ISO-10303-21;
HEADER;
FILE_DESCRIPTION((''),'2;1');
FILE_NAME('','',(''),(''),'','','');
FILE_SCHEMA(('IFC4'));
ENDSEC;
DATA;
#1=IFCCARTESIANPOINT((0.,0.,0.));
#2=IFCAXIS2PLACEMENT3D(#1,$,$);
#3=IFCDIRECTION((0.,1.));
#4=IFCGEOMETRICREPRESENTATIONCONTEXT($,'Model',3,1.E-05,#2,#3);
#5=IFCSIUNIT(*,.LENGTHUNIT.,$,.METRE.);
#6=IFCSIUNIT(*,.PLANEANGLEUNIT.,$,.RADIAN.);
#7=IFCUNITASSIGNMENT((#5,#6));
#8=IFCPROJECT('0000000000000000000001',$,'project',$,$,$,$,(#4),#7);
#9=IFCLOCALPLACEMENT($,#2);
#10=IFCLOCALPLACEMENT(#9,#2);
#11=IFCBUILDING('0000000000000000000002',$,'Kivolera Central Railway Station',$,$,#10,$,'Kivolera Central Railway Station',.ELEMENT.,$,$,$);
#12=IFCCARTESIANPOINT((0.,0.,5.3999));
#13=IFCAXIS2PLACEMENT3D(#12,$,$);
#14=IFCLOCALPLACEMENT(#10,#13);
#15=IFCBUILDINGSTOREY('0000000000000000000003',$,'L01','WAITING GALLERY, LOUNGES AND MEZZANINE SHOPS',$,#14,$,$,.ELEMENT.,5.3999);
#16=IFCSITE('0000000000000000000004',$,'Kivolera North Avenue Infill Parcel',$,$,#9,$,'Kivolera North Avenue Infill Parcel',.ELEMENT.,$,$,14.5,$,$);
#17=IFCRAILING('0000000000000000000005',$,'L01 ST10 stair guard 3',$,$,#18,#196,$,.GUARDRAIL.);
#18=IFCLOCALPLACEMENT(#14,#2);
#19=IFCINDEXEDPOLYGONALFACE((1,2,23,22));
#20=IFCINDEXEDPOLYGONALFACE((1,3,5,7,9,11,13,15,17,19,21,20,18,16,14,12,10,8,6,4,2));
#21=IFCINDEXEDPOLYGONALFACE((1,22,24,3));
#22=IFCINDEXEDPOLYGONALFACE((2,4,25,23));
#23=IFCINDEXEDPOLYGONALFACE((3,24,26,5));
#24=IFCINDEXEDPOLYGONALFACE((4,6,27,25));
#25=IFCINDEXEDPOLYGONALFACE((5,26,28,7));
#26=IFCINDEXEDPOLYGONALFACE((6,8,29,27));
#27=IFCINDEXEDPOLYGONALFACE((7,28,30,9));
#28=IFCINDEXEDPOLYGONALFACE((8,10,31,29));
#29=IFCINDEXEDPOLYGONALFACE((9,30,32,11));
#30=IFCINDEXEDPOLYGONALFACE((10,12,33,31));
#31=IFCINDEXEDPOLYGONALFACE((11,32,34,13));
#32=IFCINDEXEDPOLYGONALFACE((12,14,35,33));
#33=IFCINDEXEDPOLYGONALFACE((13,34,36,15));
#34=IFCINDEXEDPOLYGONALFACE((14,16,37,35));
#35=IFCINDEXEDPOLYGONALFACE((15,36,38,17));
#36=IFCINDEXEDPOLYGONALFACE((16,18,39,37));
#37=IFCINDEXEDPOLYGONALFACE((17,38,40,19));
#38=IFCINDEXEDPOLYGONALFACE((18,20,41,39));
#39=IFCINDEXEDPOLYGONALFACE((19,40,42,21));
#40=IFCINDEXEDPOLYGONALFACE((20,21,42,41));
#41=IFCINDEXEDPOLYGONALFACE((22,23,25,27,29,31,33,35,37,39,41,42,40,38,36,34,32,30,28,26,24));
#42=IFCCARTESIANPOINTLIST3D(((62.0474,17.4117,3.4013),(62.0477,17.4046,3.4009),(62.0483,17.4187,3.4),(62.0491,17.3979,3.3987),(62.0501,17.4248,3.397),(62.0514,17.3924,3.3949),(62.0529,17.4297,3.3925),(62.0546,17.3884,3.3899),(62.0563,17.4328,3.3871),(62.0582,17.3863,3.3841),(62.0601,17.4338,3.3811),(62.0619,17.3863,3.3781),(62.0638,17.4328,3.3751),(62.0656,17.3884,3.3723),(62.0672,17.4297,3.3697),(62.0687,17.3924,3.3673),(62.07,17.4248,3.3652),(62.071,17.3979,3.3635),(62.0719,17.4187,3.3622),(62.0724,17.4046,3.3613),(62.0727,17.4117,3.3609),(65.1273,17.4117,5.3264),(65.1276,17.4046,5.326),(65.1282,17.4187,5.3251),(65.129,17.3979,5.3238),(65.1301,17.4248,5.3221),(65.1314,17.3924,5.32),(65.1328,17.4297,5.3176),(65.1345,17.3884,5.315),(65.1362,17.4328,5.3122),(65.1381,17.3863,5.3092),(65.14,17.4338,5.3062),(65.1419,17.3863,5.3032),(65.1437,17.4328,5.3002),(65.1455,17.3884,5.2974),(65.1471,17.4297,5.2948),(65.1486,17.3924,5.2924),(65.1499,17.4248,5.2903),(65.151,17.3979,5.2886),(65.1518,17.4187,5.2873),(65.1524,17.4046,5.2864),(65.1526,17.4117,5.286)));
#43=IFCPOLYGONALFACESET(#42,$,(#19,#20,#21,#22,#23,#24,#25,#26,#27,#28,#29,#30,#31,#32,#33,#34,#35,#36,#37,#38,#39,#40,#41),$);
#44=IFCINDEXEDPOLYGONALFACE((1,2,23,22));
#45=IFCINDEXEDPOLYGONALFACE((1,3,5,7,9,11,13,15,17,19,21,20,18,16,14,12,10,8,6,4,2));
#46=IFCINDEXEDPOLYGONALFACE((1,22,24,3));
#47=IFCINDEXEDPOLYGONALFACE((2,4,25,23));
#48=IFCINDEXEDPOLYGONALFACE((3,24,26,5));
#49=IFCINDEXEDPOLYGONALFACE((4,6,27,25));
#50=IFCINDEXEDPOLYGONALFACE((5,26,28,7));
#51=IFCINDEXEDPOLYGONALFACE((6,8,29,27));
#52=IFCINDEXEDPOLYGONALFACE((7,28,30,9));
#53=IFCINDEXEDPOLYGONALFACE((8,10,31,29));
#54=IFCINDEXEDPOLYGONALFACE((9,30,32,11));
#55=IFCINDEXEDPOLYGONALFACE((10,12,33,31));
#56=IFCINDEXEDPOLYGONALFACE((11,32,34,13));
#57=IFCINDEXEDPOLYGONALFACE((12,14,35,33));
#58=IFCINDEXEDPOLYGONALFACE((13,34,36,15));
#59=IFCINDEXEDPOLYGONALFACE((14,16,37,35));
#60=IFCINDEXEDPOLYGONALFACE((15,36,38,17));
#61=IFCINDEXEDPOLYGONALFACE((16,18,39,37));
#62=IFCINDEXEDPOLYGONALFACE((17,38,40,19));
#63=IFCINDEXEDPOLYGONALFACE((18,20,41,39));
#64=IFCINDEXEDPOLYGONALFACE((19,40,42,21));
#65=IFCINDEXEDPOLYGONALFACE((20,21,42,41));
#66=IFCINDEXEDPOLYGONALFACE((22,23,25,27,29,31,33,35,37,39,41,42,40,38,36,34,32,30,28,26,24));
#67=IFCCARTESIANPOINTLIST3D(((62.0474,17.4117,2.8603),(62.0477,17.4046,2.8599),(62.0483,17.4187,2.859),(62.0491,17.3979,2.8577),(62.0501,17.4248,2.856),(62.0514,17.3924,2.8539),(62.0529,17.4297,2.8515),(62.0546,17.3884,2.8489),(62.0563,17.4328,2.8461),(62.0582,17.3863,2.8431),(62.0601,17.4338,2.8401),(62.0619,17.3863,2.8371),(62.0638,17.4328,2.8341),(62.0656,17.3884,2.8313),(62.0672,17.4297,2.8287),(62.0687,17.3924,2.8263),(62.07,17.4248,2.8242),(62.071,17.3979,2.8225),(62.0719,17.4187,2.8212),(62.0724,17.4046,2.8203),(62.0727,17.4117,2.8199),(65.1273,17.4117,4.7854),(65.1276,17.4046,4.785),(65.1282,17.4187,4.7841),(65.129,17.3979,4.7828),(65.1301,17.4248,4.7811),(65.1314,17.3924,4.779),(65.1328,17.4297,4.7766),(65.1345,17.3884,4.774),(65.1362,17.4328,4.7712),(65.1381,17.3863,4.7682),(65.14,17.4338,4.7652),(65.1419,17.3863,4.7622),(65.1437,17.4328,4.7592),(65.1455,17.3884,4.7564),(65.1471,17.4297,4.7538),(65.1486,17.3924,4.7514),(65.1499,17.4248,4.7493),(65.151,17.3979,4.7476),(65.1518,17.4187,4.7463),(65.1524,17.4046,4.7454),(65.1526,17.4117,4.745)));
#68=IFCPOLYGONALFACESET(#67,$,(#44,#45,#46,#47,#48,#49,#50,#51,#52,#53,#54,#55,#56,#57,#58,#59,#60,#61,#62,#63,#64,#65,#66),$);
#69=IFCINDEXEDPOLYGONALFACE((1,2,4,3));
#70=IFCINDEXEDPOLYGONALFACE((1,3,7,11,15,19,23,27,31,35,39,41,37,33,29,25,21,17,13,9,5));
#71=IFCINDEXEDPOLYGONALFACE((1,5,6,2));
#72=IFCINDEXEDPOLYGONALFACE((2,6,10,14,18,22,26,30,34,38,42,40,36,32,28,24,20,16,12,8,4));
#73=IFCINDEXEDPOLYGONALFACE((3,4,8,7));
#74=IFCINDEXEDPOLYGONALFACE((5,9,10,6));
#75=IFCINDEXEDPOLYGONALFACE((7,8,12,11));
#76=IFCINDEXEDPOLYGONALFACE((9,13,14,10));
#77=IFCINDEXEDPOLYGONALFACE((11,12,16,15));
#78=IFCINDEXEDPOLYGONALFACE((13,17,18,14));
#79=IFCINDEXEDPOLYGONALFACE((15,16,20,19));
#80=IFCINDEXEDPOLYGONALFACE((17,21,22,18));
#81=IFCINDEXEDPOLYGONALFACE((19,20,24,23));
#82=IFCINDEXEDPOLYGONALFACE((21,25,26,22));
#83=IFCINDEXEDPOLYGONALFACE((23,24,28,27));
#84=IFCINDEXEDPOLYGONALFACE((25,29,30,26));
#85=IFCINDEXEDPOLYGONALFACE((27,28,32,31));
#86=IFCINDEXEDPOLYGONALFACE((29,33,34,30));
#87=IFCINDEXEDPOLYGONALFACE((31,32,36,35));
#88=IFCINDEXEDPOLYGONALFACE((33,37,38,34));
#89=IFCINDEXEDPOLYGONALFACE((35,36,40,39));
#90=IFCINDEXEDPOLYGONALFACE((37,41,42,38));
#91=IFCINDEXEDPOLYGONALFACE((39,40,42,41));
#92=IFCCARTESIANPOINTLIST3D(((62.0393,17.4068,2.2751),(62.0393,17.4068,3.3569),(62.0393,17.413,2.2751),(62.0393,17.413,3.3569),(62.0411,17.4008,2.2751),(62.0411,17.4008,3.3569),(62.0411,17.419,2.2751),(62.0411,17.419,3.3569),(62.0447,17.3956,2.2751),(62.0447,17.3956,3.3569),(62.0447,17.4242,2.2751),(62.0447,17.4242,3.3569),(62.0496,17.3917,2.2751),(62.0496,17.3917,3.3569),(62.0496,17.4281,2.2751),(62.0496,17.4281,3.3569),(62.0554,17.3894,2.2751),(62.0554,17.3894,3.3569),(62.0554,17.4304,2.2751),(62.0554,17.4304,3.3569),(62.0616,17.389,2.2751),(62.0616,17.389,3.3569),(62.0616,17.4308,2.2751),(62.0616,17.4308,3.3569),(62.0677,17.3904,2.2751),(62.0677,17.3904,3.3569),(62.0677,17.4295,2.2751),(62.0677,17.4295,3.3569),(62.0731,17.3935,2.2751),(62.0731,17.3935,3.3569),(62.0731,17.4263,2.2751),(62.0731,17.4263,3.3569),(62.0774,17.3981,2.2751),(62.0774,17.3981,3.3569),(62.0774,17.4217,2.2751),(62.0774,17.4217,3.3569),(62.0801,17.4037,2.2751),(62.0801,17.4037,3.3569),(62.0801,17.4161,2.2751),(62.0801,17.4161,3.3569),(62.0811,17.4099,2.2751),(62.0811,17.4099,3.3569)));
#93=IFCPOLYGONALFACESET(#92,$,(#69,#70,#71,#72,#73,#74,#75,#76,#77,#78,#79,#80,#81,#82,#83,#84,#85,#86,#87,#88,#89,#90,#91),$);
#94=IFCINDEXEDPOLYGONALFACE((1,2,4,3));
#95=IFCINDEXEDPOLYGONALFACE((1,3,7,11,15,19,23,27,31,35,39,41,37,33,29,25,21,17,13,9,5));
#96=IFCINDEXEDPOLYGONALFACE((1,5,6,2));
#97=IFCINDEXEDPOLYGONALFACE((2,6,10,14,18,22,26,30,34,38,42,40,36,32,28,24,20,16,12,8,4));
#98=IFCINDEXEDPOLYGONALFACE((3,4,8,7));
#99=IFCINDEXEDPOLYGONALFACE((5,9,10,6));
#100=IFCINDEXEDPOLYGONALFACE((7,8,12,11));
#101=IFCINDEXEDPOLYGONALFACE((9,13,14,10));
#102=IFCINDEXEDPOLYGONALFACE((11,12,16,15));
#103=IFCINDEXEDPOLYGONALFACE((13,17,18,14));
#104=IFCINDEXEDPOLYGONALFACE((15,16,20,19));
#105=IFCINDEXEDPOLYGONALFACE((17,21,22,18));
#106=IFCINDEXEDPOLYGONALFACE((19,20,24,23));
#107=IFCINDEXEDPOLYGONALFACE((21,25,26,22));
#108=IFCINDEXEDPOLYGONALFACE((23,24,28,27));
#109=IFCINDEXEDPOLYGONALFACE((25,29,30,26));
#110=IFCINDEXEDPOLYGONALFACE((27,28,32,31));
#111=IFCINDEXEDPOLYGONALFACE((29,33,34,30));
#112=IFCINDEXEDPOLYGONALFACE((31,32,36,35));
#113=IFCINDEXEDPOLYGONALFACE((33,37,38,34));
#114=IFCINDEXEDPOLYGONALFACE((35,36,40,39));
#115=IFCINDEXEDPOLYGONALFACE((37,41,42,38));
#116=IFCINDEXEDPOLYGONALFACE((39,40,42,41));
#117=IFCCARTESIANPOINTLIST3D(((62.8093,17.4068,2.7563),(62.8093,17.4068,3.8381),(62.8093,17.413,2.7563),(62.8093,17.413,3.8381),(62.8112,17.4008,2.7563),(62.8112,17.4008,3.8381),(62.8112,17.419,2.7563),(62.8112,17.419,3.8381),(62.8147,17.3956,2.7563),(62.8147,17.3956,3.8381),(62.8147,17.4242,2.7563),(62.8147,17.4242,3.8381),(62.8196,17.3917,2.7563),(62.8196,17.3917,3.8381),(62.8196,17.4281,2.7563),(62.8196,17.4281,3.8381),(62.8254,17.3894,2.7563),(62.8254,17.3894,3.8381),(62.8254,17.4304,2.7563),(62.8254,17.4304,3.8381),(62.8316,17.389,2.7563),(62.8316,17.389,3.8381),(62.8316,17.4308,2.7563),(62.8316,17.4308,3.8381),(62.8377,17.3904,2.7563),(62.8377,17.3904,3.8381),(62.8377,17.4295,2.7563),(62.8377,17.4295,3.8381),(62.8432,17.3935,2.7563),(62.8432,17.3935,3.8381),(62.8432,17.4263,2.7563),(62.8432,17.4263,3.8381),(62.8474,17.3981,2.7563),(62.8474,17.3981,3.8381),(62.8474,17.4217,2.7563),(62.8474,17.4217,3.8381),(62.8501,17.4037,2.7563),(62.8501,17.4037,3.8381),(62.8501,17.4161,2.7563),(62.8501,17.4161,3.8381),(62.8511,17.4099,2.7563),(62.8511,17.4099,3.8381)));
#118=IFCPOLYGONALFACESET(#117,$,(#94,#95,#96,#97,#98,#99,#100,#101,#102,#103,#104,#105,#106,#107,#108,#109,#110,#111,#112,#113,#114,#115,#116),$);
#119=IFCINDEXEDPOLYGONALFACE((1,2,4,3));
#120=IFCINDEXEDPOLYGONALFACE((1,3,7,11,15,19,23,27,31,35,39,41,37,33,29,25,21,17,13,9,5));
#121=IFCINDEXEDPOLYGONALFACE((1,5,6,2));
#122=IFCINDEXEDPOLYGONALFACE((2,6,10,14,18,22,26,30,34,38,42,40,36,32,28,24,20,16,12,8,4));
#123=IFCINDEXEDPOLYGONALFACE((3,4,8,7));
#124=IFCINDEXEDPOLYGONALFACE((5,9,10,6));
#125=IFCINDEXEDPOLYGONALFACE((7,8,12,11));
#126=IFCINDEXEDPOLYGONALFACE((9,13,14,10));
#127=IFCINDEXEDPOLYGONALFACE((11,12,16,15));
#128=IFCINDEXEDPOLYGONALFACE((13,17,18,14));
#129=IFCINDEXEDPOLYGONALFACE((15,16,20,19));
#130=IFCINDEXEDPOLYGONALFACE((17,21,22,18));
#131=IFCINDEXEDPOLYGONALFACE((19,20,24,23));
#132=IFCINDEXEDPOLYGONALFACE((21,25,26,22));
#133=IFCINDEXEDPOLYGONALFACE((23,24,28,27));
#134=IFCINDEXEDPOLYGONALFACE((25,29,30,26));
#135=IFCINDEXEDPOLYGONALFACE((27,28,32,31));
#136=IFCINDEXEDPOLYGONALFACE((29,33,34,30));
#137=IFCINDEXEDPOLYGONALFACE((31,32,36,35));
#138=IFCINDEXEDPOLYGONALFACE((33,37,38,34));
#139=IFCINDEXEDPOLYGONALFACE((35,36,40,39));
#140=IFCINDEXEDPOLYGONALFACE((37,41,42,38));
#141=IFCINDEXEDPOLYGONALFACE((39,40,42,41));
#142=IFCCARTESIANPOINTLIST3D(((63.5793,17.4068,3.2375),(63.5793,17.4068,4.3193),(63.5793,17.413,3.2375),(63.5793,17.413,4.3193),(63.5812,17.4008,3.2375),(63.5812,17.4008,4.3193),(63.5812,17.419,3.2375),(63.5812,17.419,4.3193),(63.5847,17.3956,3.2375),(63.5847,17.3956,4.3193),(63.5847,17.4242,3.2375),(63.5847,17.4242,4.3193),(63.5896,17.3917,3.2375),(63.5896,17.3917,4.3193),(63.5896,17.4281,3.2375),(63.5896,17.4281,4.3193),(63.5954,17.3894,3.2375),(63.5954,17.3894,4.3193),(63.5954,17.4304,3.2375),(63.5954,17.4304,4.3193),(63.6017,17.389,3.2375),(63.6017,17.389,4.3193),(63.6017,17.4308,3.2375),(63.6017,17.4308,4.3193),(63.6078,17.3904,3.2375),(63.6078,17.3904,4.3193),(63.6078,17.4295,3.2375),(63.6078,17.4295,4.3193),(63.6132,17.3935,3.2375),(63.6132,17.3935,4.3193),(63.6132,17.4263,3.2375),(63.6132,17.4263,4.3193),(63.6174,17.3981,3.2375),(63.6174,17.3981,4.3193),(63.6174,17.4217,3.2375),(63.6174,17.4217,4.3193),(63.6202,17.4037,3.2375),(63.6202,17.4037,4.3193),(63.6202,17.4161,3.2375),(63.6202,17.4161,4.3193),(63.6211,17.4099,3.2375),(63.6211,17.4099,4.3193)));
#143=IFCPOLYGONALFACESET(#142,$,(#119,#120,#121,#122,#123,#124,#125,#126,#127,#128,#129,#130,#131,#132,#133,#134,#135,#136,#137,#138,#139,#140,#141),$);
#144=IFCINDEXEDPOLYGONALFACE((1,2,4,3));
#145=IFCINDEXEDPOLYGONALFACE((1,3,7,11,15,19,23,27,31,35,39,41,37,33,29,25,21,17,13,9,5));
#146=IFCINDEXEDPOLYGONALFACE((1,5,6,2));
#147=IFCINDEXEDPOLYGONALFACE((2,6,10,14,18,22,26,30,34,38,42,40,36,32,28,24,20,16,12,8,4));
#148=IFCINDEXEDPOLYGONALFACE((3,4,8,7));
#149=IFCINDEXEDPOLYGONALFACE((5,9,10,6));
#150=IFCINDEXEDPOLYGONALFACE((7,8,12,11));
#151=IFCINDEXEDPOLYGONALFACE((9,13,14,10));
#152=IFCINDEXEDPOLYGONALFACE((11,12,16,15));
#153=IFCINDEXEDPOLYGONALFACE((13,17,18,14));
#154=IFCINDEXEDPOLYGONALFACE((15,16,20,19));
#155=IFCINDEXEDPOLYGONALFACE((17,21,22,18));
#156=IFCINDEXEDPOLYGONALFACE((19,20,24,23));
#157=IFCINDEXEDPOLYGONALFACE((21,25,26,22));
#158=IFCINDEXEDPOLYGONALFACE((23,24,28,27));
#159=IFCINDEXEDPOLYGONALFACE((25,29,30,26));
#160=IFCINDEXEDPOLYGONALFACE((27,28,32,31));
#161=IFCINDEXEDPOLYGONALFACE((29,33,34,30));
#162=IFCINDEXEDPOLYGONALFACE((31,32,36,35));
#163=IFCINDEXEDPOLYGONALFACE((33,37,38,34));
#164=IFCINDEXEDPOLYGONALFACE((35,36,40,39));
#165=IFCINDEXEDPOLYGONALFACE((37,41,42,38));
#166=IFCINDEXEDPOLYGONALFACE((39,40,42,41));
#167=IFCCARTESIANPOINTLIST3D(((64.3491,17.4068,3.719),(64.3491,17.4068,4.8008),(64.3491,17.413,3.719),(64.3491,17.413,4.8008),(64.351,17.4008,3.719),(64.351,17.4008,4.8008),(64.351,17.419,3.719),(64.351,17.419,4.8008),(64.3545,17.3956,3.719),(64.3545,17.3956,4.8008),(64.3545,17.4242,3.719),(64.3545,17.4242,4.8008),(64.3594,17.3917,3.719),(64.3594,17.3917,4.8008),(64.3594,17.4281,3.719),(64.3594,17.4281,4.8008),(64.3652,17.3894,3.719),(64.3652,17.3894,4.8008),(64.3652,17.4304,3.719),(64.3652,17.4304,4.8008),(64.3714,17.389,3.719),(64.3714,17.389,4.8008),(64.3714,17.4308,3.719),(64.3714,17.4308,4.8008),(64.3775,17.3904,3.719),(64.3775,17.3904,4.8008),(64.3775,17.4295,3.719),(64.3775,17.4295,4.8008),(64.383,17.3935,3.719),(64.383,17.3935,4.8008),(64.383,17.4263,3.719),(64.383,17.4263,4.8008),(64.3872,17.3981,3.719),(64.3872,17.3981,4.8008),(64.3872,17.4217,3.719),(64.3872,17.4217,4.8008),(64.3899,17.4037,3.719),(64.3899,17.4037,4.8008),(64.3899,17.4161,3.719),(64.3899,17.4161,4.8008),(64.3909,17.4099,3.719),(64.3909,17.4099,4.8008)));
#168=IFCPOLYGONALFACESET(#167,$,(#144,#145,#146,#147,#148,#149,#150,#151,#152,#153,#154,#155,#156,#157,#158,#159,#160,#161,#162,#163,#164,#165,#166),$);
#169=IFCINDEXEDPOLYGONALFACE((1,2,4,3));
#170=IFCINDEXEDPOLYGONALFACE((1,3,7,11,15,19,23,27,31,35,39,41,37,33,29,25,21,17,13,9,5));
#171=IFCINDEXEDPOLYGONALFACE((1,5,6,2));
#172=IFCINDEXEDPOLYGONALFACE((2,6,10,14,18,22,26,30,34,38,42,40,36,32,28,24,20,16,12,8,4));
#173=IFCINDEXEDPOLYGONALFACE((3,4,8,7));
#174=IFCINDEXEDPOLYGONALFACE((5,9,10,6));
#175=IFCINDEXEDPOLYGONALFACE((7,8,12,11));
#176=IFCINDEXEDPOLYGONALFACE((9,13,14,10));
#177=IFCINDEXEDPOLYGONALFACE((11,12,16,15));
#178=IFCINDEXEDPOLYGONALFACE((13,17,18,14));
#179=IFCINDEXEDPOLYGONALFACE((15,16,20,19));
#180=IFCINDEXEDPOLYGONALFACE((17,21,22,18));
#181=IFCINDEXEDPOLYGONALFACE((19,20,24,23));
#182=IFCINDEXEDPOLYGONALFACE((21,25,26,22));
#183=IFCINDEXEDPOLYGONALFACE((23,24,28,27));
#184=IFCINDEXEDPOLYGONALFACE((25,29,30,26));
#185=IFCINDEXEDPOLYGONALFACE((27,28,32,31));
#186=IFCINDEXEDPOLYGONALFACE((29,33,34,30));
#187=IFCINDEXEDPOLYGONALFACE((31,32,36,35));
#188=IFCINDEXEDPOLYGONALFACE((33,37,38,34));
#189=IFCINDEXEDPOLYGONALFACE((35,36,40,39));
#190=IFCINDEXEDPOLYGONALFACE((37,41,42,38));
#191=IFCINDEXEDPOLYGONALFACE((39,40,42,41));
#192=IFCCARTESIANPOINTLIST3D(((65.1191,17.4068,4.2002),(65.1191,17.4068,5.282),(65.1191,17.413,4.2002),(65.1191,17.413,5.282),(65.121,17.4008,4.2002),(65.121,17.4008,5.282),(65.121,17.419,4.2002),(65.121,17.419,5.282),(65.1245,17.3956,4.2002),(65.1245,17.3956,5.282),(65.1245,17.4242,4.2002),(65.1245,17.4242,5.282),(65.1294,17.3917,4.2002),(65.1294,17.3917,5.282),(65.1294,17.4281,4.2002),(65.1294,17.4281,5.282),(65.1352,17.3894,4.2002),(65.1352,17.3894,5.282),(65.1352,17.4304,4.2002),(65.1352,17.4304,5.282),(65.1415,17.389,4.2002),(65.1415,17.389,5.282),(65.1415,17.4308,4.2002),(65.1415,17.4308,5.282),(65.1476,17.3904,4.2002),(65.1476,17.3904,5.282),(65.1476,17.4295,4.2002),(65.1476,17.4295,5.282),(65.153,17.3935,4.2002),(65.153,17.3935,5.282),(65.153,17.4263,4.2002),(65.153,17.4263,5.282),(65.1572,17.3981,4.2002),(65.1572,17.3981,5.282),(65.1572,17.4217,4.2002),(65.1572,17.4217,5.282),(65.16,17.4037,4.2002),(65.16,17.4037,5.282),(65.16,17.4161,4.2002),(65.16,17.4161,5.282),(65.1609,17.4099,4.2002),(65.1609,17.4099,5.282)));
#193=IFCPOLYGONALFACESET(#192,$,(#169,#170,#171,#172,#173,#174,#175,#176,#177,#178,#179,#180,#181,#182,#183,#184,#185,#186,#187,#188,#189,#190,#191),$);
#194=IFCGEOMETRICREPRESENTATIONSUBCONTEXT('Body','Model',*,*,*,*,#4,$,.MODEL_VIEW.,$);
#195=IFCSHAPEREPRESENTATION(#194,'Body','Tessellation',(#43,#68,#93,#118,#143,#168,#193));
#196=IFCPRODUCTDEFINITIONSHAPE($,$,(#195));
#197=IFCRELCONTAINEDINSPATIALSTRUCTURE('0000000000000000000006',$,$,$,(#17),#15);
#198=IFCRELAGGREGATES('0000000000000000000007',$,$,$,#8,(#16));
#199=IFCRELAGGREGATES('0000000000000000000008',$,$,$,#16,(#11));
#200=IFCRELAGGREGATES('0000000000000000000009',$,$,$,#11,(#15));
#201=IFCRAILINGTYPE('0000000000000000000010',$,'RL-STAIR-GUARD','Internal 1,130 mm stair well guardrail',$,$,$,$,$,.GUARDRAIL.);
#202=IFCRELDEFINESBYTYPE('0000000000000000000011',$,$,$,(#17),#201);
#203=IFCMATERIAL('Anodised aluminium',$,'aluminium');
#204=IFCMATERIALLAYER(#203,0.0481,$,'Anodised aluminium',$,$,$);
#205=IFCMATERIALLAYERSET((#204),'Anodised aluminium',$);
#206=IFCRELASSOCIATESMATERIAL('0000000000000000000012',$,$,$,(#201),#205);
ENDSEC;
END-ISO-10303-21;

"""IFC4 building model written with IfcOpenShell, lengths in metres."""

from ifc_helpers import new_model, si_unit, direction, frame, origin, origin_2d, place, context, subcontext, project, spatial, circle, extrude, material, layer, layer_set, type_object, element, save


model = new_model("IFC4")

# Units and contexts
model_context = context("Model", 3, precision=1e-05, world=origin(), true_north=direction((0.0, 1.0)))
body_context = subcontext(model_context, "Body", "Model", "MODEL_VIEW")
ifc_project = project(units=[si_unit("LENGTHUNIT", "METRE"), si_unit("PLANEANGLEUNIT", "RADIAN")], contexts=[model_context])

# Site, building, storey
site_placement = place(None, origin())
site = spatial("IfcSite", under=ifc_project, at=site_placement, Name="Kivolera North Avenue Infill Parcel", LongName="Kivolera North Avenue Infill Parcel", CompositionType="ELEMENT", RefElevation=14.5)
building_placement = place(site_placement, origin())
building = spatial("IfcBuilding", under=site, at=building_placement, Name="Kivolera Central Railway Station", LongName="Kivolera Central Railway Station", CompositionType="ELEMENT")
storey_placement = place(building_placement, frame((0.0, 0.0, 5.3999)))
storey = spatial("IfcBuildingStorey", under=building, at=storey_placement, Name="L01", Description="WAITING GALLERY, LOUNGES AND MEZZANINE SHOPS", CompositionType="ELEMENT", Elevation=5.3999)

# Railing
ifc_material_1 = material(Name="Anodised aluminium", Category="aluminium")
ifc_layer_1 = layer(ifc_material_1, 0.0481, Name="Anodised aluminium")
ifc_layer_set_1 = layer_set([ifc_layer_1], Name="Anodised aluminium")
railing_type_1 = type_object("IfcRailingType", Name="RL-STAIR-GUARD", Description="Internal 1,130 mm stair well guardrail", PredefinedType="GUARDRAIL", material=ifc_layer_set_1)
railing_1_placement = place(storey_placement, frame((62.0601, 17.4099, 2.2751)))
element("IfcRailing", 1, at=railing_1_placement, inside=storey, type_object=railing_type_1, Name="L01 ST10 stair guard 3", PredefinedType="GUARDRAIL", context=body_context, shape_type="SweptSolid", body=[
    extrude(circle(Radius=0.0239, at=origin_2d()), frame((0.0, 0.0, 1.106), z_axis=(0.847979, 0.0, 0.530029), x_axis=(0.0, 1.0, 0.0)), (0.0, 0.0, 1.0), 3.6321),
    extrude(circle(Radius=0.0239, at=origin_2d()), frame((0.0, 0.0, 0.5649), z_axis=(0.847979, 0.0, 0.530029), x_axis=(0.0, 1.0, 0.0)), (0.0, 0.0, 1.0), 3.6321),
    extrude(circle(Radius=0.021, at=origin_2d()), origin(), (0.0, 0.0, 1.0), 1.0818),
    extrude(circle(Radius=0.021, at=origin_2d()), frame((0.77, 0.0, 0.4812)), (0.0, 0.0, 1.0), 1.0818),
    extrude(circle(Radius=0.021, at=origin_2d()), frame((1.54, 0.0, 0.9624)), (0.0, 0.0, 1.0), 1.0818),
    extrude(circle(Radius=0.021, at=origin_2d()), frame((2.3098, 0.0, 1.4438)), (0.0, 0.0, 1.0), 1.0818),
    extrude(circle(Radius=0.021, at=origin_2d()), frame((3.0798, 0.0, 1.925)), (0.0, 0.0, 1.0), 1.0818),
])

save(model, "model.ifc")
